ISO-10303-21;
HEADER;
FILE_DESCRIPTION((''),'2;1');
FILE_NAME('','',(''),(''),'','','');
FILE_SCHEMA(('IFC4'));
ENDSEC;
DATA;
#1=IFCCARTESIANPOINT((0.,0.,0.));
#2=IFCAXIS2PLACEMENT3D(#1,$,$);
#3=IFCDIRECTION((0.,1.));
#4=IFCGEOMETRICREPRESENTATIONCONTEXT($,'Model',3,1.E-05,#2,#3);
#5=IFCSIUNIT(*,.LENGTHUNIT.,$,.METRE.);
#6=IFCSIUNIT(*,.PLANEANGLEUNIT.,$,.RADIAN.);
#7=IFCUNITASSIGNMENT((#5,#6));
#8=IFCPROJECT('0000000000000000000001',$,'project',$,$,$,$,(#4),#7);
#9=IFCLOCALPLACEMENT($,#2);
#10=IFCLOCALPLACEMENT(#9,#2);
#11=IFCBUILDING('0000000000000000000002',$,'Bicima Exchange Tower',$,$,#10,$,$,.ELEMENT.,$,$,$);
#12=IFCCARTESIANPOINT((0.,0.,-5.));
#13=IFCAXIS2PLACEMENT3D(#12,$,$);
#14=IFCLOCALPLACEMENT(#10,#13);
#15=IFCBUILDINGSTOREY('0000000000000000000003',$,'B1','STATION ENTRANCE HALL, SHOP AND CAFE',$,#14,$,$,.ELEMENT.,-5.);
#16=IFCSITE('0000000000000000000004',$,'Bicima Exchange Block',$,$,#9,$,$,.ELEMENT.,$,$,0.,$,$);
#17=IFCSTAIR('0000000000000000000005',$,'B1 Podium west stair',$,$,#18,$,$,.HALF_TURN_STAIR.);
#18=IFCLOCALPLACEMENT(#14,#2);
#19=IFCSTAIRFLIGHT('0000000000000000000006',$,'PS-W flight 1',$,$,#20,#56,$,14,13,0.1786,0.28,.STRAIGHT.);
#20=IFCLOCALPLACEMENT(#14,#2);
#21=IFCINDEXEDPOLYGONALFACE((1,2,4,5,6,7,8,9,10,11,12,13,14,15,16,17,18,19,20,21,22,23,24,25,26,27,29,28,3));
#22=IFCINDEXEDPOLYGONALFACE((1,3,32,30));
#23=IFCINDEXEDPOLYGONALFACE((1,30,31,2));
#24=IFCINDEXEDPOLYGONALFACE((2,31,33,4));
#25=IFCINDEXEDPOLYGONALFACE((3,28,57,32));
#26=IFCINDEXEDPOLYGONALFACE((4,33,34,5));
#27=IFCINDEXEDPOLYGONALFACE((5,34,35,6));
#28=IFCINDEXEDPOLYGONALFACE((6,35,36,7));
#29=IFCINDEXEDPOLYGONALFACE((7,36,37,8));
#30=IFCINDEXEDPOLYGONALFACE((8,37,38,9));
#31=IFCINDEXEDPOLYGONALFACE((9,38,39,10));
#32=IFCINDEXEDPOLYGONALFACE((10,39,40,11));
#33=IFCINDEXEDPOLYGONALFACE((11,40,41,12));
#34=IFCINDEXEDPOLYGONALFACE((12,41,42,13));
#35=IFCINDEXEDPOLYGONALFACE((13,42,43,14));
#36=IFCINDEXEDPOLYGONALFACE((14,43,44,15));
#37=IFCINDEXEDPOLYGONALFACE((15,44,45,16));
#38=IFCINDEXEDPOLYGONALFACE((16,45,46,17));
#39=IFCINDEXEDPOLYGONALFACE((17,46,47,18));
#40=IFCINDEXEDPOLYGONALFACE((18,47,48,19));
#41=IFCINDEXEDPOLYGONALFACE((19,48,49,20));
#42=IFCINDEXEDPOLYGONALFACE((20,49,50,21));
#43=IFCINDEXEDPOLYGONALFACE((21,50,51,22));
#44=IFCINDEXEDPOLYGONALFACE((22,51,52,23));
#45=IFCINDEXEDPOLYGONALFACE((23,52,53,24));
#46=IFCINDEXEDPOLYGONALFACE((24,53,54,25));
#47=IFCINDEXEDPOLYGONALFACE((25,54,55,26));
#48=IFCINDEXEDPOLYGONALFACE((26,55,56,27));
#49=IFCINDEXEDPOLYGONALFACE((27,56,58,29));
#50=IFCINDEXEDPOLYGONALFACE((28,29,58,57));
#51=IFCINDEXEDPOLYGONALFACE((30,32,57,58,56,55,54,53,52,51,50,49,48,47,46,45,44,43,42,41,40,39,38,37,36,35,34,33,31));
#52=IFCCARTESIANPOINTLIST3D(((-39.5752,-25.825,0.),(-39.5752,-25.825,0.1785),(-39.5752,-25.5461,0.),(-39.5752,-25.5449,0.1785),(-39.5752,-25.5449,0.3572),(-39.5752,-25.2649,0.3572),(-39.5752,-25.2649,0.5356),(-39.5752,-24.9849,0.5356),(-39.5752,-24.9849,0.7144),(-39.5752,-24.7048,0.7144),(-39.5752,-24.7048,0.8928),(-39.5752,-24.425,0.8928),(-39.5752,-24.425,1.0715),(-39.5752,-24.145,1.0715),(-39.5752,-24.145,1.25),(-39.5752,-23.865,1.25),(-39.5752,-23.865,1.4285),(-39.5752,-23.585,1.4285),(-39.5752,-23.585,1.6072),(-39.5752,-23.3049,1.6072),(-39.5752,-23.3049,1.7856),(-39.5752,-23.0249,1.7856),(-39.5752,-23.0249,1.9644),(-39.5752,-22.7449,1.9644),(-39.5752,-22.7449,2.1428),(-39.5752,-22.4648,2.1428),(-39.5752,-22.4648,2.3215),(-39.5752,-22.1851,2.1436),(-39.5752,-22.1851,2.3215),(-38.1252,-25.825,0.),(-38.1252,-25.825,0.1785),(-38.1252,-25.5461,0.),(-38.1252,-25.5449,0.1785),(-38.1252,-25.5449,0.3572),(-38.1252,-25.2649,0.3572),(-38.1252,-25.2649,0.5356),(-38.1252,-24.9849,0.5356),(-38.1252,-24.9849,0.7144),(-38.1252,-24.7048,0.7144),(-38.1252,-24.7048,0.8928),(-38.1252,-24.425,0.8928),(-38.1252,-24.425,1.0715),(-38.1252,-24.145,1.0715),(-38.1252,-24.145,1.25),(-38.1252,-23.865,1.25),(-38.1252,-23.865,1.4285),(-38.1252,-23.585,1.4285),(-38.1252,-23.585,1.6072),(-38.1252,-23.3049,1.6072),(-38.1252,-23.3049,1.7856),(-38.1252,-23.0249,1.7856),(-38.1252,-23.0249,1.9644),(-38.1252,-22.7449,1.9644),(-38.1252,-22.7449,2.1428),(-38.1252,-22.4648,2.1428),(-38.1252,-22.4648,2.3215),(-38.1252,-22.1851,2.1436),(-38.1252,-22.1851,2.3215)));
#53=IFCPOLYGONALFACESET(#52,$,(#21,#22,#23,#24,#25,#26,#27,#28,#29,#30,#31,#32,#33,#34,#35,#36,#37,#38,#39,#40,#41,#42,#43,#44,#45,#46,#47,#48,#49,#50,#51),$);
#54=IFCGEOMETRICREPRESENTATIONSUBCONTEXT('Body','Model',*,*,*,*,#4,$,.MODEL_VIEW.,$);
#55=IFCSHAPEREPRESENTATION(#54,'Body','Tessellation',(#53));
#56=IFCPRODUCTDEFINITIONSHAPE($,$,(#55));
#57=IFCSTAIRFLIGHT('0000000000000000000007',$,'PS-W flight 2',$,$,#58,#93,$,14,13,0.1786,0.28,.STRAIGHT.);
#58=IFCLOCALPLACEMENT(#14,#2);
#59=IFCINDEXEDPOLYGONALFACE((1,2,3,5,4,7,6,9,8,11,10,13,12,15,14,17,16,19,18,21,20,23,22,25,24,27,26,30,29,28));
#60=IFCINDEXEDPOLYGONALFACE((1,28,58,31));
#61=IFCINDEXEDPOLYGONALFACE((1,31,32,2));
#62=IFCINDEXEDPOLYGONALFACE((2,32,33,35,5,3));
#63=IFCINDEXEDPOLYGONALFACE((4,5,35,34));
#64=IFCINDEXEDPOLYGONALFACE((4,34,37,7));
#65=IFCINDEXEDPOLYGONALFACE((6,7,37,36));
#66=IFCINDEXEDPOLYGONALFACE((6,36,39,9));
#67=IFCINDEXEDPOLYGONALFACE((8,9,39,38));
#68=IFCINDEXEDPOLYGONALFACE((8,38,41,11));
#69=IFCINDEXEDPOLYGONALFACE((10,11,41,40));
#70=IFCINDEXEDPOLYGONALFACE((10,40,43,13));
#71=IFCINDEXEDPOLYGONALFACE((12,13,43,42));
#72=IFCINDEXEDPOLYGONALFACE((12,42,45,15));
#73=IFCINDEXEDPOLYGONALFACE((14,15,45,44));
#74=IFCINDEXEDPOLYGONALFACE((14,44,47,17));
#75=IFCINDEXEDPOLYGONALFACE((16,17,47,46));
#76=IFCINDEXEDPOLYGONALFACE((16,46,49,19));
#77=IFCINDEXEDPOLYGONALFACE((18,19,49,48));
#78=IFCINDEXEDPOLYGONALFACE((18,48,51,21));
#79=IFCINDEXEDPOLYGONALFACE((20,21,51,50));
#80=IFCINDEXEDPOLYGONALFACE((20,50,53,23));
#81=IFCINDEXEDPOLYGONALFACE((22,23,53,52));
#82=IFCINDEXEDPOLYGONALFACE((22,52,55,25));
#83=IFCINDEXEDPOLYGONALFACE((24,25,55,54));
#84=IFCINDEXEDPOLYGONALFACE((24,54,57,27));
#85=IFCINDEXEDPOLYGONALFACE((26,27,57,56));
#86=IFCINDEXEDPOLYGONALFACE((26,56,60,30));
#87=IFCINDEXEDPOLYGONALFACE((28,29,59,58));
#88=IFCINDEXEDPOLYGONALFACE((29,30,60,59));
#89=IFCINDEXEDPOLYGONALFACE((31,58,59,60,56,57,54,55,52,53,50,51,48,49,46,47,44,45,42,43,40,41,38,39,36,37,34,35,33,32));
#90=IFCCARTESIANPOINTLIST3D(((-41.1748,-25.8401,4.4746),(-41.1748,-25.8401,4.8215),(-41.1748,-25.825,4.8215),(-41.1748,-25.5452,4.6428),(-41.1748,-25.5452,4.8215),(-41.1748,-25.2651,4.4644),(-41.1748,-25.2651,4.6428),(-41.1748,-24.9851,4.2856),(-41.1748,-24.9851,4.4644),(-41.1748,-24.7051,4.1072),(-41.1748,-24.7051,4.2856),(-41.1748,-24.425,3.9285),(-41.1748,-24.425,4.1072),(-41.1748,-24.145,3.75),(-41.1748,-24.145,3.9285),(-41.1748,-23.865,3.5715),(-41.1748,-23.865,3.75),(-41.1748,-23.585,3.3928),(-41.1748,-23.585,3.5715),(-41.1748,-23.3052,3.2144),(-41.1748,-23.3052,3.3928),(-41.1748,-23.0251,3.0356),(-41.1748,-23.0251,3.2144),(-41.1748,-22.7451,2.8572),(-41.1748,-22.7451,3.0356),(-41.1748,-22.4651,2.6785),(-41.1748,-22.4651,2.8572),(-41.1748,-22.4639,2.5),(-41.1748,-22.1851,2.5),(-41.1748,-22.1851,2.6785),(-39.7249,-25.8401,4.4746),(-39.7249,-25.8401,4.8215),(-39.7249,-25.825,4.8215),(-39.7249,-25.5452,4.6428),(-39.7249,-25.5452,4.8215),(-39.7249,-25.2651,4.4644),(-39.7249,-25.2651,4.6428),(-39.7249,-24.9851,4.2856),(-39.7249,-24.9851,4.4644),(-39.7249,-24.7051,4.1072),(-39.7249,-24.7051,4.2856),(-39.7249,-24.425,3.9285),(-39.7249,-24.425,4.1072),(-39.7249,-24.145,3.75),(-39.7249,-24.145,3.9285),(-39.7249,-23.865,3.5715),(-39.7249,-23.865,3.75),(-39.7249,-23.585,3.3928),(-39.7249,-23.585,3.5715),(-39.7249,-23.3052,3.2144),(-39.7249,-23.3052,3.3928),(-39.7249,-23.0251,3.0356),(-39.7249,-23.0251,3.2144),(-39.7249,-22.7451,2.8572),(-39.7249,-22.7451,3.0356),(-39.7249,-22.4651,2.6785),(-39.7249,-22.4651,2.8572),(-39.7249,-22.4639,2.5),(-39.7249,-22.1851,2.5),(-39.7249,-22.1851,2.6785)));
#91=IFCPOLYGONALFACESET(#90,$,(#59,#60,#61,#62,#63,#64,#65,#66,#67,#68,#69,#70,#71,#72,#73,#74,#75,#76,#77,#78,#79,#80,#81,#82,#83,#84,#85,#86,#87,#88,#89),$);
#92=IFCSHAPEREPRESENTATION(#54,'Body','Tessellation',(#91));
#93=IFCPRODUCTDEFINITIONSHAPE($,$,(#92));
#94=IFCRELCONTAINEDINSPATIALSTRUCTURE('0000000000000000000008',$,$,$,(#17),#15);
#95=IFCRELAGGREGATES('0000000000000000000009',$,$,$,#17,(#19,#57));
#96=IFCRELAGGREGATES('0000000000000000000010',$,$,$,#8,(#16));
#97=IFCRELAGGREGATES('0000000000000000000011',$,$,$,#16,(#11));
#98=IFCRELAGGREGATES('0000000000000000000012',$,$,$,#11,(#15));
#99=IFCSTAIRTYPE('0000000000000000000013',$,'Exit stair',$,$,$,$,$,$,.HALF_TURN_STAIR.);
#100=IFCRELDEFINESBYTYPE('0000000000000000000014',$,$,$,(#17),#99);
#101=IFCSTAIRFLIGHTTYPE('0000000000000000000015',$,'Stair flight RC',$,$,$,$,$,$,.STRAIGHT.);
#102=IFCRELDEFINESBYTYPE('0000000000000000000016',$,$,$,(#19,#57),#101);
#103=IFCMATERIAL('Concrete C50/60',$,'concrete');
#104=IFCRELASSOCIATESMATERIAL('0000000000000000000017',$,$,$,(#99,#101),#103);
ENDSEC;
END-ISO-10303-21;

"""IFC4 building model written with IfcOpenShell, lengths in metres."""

from ifc_helpers import new_model, si_unit, direction, frame, origin, place, context, subcontext, project, spatial, polyline, outline, extrude, material, type_object, element, aggregate, save


model = new_model("IFC4")

# Units and contexts
model_context = context("Model", 3, precision=1e-05, world=origin(), true_north=direction((0.0, 1.0)))
body_context = subcontext(model_context, "Body", "Model", "MODEL_VIEW")
ifc_project = project(units=[si_unit("LENGTHUNIT", "METRE"), si_unit("PLANEANGLEUNIT", "RADIAN")], contexts=[model_context])

# Site, building, storey
site_placement = place(None, origin())
site = spatial("IfcSite", under=ifc_project, at=site_placement, Name="Bicima Exchange Block", CompositionType="ELEMENT", RefElevation=0.0)
building_placement = place(site_placement, origin())
building = spatial("IfcBuilding", under=site, at=building_placement, Name="Bicima Exchange Tower", CompositionType="ELEMENT")
storey_placement = place(building_placement, frame((0.0, 0.0, -5.0)))
storey = spatial("IfcBuildingStorey", under=building, at=storey_placement, Name="B1", Description="STATION ENTRANCE HALL, SHOP AND CAFE", CompositionType="ELEMENT", Elevation=-5.0)

# Shared definitions
ifc_material_1 = material(Name="Concrete C50/60", Category="concrete")

# Stair, stair flights
stair_type = type_object("IfcStairType", Name="Exit stair", PredefinedType="HALF_TURN_STAIR", material=ifc_material_1)
stair_placement = place(storey_placement, origin())
stair = element("IfcStair", 1, at=stair_placement, inside=storey, type_object=stair_type, Name="B1 Podium west stair", PredefinedType="HALF_TURN_STAIR")
stair_flight_type = type_object("IfcStairFlightType", Name="Stair flight RC", PredefinedType="STRAIGHT", material=ifc_material_1)
stair_flight_1_placement = place(storey_placement, frame((-38.8501, -25.825, 0.0), z_axis=(0.0, 0.0, 1.0), x_axis=(0.0, 1.0, 0.0)))
stair_flight_1 = element("IfcStairFlight", 2, at=stair_flight_1_placement, type_object=stair_flight_type, Name="PS-W flight 1", NumberOfRisers=14, NumberOfTreads=13, PredefinedType="STRAIGHT", RiserHeight=0.1786, TreadLength=0.28, context=body_context, shape_type="SweptSolid", body=[
    extrude(outline(polyline([(0.0, 0.0), (0.0, 0.1785), (0.28, 0.1785), (0.28, 0.3572), (0.5601, 0.3572), (0.5601, 0.5356), (0.8401, 0.5356), (0.8401, 0.7144), (1.1201, 0.7144), (1.1201, 0.8928), (1.3999, 0.8928), (1.3999, 1.0715), (1.6799, 1.0715), (1.6799, 1.25), (1.96, 1.25), (1.96, 1.4285), (2.24, 1.4285), (2.24, 1.6072), (2.52, 1.6072), (2.52, 1.7856), (2.8, 1.7856), (2.8, 1.9644), (3.0801, 1.9644), (3.0801, 2.1428), (3.3601, 2.1428), (3.3601, 2.3215), (3.6399, 2.3215), (3.6399, 2.5), (3.6399, 2.1436), (0.2788, 0.0), (0.0, 0.0)])), frame((0.0, 0.7251, 0.0), z_axis=(0.0, -1.0, 0.0), x_axis=(1.0, 0.0, 0.0)), (0.0, 0.0, 1.0), 1.45),
])
stair_flight_2_placement = place(storey_placement, frame((-40.45, -22.1851, 2.5), z_axis=(0.0, 0.0, 1.0), x_axis=(0.0, -1.0, 0.0)))
stair_flight_2 = element("IfcStairFlight", 3, at=stair_flight_2_placement, type_object=stair_flight_type, Name="PS-W flight 2", NumberOfRisers=14, NumberOfTreads=13, PredefinedType="STRAIGHT", RiserHeight=0.1786, TreadLength=0.28, context=body_context, shape_type="SweptSolid", body=[
    extrude(outline(polyline([(0.0, 0.0), (0.0, 0.1785), (0.28, 0.1785), (0.28, 0.3572), (0.5601, 0.3572), (0.5601, 0.5356), (0.8401, 0.5356), (0.8401, 0.7144), (1.1201, 0.7144), (1.1201, 0.8928), (1.3999, 0.8928), (1.3999, 1.0715), (1.6799, 1.0715), (1.6799, 1.25), (1.96, 1.25), (1.96, 1.4285), (2.24, 1.4285), (2.24, 1.6072), (2.52, 1.6072), (2.52, 1.7856), (2.8, 1.7856), (2.8, 1.9644), (3.0801, 1.9644), (3.0801, 2.1428), (3.3601, 2.1428), (3.3601, 2.3215), (3.6399, 2.3215), (3.655, 2.3215), (3.655, 1.9746), (0.2788, 0.0), (0.0, 0.0)])), frame((0.0, 0.7251, 0.0), z_axis=(0.0, -1.0, 0.0), x_axis=(1.0, 0.0, 0.0)), (0.0, 0.0, 1.0), 1.45),
])
aggregate(stair, [stair_flight_1, stair_flight_2])

save(model, "model.ifc")
